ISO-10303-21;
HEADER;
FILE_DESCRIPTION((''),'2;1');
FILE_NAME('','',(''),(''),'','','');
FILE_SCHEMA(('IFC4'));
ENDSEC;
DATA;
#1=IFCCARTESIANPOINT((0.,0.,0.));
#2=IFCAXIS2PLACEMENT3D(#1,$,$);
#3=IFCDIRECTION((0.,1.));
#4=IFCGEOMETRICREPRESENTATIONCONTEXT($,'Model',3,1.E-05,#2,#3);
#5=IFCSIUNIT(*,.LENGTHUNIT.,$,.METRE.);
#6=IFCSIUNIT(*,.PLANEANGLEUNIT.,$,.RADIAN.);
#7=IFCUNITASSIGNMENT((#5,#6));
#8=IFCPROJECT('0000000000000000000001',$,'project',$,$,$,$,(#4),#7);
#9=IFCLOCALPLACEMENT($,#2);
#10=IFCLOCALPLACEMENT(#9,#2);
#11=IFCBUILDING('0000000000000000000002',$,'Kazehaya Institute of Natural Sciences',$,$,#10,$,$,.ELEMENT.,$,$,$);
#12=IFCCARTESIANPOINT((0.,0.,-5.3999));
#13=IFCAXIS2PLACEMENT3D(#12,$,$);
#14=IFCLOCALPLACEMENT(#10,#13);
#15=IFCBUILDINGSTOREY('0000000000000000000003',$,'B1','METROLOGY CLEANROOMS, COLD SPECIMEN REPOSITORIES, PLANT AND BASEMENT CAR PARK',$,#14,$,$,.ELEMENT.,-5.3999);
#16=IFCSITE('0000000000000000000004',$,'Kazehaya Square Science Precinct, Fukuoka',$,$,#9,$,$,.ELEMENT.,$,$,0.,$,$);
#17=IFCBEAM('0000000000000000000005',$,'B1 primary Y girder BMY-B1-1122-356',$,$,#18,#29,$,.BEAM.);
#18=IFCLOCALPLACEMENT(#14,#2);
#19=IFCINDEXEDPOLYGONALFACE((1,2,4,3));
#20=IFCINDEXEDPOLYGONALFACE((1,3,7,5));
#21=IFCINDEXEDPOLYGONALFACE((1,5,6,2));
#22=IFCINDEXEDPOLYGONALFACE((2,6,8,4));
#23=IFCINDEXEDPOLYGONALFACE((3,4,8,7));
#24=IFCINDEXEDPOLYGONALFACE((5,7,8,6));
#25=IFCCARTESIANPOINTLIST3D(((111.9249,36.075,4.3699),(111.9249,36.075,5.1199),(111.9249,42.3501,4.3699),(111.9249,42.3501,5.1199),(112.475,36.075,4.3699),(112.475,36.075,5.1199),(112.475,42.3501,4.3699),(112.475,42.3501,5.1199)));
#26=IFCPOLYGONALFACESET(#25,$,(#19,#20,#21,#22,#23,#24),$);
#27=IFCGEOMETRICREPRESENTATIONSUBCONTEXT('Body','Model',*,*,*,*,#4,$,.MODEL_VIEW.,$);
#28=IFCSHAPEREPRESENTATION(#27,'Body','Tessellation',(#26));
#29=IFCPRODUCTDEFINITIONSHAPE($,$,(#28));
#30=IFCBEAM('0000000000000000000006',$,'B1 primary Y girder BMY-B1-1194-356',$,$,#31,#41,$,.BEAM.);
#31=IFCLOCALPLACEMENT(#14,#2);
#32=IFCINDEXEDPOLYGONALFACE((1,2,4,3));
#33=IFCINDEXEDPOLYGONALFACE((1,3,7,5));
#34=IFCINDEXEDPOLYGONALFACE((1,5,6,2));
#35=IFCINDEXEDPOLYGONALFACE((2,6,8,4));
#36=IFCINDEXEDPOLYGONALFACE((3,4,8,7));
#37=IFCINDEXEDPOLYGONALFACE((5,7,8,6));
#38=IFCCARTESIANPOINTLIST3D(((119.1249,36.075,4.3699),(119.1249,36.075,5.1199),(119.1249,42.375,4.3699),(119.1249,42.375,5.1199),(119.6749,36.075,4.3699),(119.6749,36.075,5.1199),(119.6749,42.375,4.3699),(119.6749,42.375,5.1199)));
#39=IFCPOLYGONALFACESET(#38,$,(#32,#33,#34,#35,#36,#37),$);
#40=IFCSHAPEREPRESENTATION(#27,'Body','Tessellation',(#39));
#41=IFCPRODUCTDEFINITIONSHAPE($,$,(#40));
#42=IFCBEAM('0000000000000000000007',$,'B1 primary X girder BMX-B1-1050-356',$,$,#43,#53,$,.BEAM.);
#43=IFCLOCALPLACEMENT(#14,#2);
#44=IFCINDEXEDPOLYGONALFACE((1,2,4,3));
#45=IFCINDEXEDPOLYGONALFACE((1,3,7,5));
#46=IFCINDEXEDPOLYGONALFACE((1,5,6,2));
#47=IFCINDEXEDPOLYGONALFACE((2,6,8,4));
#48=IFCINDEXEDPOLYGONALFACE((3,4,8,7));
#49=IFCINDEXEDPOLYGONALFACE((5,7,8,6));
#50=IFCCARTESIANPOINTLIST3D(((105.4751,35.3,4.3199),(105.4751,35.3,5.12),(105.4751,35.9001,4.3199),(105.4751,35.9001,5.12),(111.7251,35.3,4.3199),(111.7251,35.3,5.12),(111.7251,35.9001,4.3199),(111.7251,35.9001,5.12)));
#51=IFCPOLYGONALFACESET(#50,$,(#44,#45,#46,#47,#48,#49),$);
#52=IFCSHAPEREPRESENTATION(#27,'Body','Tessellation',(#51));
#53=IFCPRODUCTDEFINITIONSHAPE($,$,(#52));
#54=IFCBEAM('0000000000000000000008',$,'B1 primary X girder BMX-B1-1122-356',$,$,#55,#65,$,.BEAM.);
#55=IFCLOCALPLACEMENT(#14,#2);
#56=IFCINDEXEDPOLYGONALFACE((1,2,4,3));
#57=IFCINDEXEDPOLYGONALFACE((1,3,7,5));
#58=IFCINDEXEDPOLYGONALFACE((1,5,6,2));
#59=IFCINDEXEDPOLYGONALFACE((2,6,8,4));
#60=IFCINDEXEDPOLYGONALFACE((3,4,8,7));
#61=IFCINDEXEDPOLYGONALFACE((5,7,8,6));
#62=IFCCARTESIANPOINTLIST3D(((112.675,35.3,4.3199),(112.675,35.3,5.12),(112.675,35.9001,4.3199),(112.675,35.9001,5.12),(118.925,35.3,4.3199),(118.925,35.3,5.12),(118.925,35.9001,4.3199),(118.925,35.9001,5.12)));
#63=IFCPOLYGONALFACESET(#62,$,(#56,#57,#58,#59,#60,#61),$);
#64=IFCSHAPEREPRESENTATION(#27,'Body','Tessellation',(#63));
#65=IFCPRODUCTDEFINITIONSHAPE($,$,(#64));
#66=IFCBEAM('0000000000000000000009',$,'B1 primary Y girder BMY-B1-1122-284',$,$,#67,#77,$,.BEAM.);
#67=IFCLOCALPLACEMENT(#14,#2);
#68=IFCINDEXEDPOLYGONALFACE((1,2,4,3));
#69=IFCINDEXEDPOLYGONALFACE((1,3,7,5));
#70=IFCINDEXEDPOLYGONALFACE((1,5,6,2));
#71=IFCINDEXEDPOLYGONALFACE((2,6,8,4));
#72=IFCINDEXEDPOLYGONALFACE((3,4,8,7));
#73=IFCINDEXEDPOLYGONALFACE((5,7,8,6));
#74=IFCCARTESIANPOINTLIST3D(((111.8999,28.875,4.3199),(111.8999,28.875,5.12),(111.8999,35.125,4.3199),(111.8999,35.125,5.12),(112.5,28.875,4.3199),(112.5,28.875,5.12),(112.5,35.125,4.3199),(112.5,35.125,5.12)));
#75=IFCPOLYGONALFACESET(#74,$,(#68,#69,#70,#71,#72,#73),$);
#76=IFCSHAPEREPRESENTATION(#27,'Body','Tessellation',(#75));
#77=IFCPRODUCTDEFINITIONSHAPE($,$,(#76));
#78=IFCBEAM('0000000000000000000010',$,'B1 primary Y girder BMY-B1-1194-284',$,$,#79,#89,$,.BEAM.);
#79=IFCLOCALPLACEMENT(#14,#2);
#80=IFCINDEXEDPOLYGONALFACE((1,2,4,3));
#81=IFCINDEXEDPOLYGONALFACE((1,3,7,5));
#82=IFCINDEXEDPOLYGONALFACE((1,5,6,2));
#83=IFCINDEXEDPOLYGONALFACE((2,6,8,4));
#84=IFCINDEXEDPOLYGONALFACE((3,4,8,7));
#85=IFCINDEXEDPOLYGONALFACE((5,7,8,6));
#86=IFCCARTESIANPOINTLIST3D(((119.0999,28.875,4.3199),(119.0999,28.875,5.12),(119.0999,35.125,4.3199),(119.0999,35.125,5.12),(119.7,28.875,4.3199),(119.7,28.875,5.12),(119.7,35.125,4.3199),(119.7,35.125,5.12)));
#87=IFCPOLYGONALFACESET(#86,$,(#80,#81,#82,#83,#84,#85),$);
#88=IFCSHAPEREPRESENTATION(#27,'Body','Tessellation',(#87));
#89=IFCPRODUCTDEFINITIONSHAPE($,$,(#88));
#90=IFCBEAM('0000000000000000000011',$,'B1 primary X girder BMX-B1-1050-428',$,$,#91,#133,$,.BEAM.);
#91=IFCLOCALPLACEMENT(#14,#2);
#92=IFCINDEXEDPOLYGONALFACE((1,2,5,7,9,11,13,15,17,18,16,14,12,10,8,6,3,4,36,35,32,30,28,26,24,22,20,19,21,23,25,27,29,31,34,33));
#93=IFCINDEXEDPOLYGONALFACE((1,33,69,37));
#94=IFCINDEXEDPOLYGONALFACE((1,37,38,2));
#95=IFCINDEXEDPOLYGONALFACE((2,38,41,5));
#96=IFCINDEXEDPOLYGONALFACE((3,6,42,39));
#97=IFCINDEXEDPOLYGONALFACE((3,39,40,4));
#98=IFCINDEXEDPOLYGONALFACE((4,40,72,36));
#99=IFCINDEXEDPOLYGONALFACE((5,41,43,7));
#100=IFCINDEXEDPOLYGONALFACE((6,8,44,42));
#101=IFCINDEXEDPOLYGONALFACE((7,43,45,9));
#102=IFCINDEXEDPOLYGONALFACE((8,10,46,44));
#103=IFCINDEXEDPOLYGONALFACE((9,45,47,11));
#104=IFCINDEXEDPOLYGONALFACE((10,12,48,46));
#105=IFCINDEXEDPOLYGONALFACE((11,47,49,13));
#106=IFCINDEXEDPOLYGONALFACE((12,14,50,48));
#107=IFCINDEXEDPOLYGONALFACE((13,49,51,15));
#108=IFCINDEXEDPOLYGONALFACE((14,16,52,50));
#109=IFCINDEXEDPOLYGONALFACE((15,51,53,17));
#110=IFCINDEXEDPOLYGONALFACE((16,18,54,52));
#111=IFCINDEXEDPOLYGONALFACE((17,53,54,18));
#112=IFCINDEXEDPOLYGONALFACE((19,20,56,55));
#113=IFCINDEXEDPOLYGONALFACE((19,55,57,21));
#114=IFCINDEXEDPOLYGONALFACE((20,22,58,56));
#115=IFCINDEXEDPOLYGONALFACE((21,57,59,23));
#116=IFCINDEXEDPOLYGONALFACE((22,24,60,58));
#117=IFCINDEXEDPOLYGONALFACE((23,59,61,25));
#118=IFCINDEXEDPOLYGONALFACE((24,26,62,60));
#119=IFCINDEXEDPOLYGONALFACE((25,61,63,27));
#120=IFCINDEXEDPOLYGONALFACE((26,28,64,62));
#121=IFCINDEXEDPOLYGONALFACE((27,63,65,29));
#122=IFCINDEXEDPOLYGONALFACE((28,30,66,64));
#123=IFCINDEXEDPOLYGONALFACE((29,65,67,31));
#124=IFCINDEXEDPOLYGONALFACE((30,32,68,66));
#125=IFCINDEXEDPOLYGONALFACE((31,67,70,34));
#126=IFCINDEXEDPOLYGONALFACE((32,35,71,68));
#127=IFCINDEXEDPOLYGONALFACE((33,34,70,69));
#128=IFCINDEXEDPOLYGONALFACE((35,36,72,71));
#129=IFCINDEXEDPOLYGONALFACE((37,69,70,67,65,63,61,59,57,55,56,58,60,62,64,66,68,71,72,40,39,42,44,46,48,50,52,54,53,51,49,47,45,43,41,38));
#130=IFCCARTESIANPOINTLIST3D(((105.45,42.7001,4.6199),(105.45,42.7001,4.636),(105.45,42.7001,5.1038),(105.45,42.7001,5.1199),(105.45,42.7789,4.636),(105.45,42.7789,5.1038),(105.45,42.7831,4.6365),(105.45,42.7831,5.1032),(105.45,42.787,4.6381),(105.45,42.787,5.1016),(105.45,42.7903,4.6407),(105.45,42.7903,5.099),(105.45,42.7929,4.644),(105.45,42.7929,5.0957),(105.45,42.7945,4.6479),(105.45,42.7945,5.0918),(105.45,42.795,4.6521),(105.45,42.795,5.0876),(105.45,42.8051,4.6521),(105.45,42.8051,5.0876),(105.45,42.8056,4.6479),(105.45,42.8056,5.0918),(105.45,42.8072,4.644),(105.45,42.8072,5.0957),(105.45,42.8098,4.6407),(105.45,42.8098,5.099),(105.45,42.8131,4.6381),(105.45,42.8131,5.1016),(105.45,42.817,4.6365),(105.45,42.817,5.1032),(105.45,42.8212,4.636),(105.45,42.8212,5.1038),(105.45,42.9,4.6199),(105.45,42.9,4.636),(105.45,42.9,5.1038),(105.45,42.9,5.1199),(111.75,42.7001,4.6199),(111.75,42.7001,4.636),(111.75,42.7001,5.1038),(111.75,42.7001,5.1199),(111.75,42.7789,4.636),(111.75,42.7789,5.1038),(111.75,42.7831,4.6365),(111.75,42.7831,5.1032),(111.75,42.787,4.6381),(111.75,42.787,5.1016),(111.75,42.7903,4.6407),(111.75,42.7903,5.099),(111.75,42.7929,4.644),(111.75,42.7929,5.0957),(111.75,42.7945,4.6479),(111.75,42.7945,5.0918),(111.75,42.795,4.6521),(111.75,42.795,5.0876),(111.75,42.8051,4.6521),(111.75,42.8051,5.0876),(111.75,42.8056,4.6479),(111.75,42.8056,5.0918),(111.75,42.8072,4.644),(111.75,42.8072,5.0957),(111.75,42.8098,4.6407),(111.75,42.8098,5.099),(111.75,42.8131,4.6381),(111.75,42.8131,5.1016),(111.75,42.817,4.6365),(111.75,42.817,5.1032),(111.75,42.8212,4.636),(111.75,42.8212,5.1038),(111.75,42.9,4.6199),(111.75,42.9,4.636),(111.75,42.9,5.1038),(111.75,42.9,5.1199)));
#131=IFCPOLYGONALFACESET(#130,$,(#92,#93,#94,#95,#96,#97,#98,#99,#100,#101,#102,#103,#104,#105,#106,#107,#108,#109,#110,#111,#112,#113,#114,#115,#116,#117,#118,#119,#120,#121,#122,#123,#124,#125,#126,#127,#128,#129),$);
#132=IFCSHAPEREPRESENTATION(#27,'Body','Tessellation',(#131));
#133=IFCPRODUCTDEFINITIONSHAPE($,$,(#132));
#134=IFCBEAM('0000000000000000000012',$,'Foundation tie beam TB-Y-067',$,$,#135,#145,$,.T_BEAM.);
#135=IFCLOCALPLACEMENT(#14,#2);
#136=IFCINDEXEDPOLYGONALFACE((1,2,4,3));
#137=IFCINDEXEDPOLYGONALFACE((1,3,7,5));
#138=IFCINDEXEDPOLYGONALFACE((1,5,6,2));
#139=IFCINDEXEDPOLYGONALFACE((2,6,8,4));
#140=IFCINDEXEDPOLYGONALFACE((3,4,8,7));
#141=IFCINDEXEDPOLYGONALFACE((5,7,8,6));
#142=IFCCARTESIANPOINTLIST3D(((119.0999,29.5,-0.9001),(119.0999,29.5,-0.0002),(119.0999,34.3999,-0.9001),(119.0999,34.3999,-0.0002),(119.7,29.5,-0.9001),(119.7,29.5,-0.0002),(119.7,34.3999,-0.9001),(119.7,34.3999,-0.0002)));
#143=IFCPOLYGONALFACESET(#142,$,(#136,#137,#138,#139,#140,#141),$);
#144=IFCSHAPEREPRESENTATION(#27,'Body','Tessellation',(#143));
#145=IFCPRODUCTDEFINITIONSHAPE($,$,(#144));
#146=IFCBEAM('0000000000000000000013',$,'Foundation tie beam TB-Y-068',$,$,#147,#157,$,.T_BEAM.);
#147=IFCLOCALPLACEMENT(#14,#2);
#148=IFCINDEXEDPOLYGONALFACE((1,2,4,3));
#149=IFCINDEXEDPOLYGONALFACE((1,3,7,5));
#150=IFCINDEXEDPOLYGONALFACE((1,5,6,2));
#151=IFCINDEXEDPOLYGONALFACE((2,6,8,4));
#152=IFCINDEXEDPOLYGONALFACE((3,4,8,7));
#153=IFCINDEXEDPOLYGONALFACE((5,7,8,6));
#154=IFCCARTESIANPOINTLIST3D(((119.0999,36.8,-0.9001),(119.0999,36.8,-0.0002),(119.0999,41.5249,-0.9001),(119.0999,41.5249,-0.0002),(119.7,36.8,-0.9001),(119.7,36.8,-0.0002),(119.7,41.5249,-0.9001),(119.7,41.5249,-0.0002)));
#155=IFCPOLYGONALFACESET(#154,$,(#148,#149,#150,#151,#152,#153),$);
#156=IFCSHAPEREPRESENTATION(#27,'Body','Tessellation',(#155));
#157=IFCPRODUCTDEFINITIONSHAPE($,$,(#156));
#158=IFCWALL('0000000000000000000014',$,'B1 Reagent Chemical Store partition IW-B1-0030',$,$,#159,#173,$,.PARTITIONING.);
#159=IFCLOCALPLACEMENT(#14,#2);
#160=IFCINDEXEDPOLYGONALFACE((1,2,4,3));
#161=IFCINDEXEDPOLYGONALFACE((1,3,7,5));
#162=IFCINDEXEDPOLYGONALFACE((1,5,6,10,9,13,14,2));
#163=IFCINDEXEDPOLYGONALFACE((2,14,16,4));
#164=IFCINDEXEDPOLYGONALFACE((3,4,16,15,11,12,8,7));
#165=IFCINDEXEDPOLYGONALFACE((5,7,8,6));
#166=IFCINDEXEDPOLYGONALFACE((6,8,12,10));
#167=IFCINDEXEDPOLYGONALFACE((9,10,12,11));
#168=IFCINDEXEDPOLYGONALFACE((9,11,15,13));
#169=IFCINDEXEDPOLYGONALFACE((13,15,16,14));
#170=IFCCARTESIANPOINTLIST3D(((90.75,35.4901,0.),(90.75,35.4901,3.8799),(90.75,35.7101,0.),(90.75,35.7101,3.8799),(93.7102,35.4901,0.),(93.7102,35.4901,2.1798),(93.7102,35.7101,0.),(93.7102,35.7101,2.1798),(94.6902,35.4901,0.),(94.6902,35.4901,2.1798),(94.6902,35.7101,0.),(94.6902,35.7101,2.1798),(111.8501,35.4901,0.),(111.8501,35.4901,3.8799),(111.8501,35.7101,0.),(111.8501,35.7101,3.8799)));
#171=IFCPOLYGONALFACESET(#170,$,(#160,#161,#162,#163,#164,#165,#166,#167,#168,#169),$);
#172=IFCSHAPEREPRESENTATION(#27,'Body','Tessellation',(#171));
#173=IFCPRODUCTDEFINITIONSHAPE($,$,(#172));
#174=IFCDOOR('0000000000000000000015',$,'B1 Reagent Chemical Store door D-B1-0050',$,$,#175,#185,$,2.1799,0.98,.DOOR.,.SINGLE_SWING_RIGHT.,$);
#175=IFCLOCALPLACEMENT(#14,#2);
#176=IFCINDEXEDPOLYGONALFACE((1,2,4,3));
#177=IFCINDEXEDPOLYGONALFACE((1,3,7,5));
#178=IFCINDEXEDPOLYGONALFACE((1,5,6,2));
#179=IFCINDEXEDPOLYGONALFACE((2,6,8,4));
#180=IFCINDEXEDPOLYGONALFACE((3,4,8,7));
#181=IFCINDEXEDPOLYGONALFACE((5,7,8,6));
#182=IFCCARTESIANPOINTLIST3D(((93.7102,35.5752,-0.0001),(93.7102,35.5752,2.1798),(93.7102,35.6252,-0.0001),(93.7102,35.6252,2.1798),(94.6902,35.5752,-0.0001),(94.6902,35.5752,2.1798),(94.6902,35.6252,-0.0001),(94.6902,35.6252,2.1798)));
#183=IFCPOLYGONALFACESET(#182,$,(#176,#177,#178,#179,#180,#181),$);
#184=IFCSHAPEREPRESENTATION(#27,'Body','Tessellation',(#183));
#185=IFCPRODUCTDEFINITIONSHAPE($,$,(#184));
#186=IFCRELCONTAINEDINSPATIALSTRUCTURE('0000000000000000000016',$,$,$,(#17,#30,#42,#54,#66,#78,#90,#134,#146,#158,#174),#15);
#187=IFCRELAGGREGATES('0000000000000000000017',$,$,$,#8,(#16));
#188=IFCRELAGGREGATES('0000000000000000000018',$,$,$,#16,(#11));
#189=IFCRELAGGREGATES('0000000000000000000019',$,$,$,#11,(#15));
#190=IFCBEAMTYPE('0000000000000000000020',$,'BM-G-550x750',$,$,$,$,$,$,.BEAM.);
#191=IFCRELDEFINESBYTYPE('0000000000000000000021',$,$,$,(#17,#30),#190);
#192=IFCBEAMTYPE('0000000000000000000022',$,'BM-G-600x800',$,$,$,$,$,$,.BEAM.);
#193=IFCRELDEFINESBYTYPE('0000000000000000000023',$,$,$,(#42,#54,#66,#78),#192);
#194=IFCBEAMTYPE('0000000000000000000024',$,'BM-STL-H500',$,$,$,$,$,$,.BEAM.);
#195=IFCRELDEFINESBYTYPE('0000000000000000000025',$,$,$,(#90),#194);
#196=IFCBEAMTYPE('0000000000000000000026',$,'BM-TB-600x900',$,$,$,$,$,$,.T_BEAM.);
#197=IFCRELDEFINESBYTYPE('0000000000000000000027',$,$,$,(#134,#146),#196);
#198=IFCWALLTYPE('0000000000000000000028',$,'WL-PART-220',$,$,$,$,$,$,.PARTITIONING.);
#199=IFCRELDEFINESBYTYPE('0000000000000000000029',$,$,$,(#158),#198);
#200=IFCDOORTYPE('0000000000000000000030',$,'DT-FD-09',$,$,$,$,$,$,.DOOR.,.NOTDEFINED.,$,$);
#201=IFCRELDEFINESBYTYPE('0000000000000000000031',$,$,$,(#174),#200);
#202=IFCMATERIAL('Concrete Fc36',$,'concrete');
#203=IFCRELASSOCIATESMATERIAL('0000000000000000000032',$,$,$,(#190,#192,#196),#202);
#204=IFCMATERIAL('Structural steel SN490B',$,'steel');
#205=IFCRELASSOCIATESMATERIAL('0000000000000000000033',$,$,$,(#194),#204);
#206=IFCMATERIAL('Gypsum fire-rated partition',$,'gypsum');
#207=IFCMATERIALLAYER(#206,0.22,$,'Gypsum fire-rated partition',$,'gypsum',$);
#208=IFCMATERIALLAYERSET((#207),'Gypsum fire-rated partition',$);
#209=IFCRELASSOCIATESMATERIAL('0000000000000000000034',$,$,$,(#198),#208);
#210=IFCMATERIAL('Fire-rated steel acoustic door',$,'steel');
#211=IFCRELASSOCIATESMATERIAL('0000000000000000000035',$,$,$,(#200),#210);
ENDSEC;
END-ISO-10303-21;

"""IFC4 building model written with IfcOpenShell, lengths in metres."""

from ifc_helpers import new_model, si_unit, direction, frame, frame_2d, origin, origin_2d, place, context, subcontext, project, spatial, rectangle, i_section, extrude, material, layer, layer_set, material_profile, profile_set, type_object, element, fill, save


model = new_model("IFC4")

# Units and contexts
model_context = context("Model", 3, precision=1e-05, world=origin(), true_north=direction((0.0, 1.0)))
body_context = subcontext(model_context, "Body", "Model", "MODEL_VIEW")
ifc_project = project(units=[si_unit("LENGTHUNIT", "METRE"), si_unit("PLANEANGLEUNIT", "RADIAN")], contexts=[model_context])

# Site, building, storey
site_placement = place(None, origin())
site = spatial("IfcSite", under=ifc_project, at=site_placement, Name="Kazehaya Square Science Precinct, Fukuoka", CompositionType="ELEMENT", RefElevation=0.0)
building_placement = place(site_placement, origin())
building = spatial("IfcBuilding", under=site, at=building_placement, Name="Kazehaya Institute of Natural Sciences", CompositionType="ELEMENT")
storey_placement = place(building_placement, frame((0.0, 0.0, -5.3999)))
storey = spatial("IfcBuildingStorey", under=building, at=storey_placement, Name="B1", Description="METROLOGY CLEANROOMS, COLD SPECIMEN REPOSITORIES, PLANT AND BASEMENT CAR PARK", CompositionType="ELEMENT", Elevation=-5.3999)

# Shared definitions
ifc_material_1 = material(Name="Concrete Fc36", Category="concrete")

# Beams
ifc_material_profile_1 = material_profile(ifc_material_1, rectangle(XDim=0.55, YDim=0.75, at=origin_2d()), Name="RC-550x750")
ifc_profile_set_1 = profile_set([ifc_material_profile_1], Name="Concrete Fc36")
beam_type_1 = type_object("IfcBeamType", Name="BM-G-550x750", PredefinedType="BEAM", material=ifc_profile_set_1)
beam_1_placement = place(storey_placement, frame((112.2, 36.075, 4.7449), z_axis=(0.0, 1.0, 0.0), x_axis=(-1.0, 0.0, 0.0)))
element("IfcBeam", 1, at=beam_1_placement, inside=storey, type_object=beam_type_1, Name="B1 primary Y girder BMY-B1-1122-356", PredefinedType="BEAM", context=body_context, shape_type="SweptSolid", body=[
    extrude(rectangle(XDim=0.55, YDim=0.75, at=origin_2d()), origin(), (0.0, 0.0, 1.0), 6.2751),
])
beam_2_placement = place(storey_placement, frame((119.3999, 36.075, 4.7449), z_axis=(0.0, 1.0, 0.0), x_axis=(-1.0, 0.0, 0.0)))
element("IfcBeam", 2, at=beam_2_placement, inside=storey, type_object=beam_type_1, Name="B1 primary Y girder BMY-B1-1194-356", PredefinedType="BEAM", context=body_context, shape_type="SweptSolid", body=[
    extrude(rectangle(XDim=0.55, YDim=0.75, at=origin_2d()), origin(), (0.0, 0.0, 1.0), 6.3),
])
ifc_material_profile_2 = material_profile(ifc_material_1, rectangle(XDim=0.6001, YDim=0.8, at=origin_2d()), Name="RC-600x800")
ifc_profile_set_2 = profile_set([ifc_material_profile_2], Name="Concrete Fc36")
beam_type_2 = type_object("IfcBeamType", Name="BM-G-600x800", PredefinedType="BEAM", material=ifc_profile_set_2)
for number, where, z_axis, x_axis, name in (
    (3, (105.4751, 35.6001, 4.72), (1.0, 0.0, 0.0), (0.0, 1.0, 0.0), "B1 primary X girder BMX-B1-1050-356"),
    (4, (112.675, 35.6001, 4.72), (1.0, 0.0, 0.0), (0.0, 1.0, 0.0), "B1 primary X girder BMX-B1-1122-356"),
    (5, (112.2, 28.875, 4.72), (0.0, 1.0, 0.0), (-1.0, 0.0, 0.0), "B1 primary Y girder BMY-B1-1122-284"),
    (6, (119.3999, 28.875, 4.72), (0.0, 1.0, 0.0), (-1.0, 0.0, 0.0), "B1 primary Y girder BMY-B1-1194-284"),
):
    element("IfcBeam", number, at=place(storey_placement, frame(where, z_axis=z_axis, x_axis=x_axis)), inside=storey, type_object=beam_type_2, Name=name, PredefinedType="BEAM", context=body_context, shape_type="SweptSolid", body=[
        extrude(rectangle(XDim=0.6001, YDim=0.8, at=origin_2d()), origin(), (0.0, 0.0, 1.0), 6.25),
    ])
ifc_material_2 = material(Name="Structural steel SN490B", Category="steel")
ifc_material_profile_3 = material_profile(ifc_material_2, i_section(OverallWidth=0.2, OverallDepth=0.5, WebThickness=0.01, FlangeThickness=0.0161, FilletRadius=0.0161, at=origin_2d()), Name="H-500x200x10x16")
ifc_profile_set_3 = profile_set([ifc_material_profile_3], Name="Structural steel SN490B")
beam_type_3 = type_object("IfcBeamType", Name="BM-STL-H500", PredefinedType="BEAM", material=ifc_profile_set_3)
beam_3_placement = place(storey_placement, frame((105.45, 42.8, 4.8699), z_axis=(1.0, 0.0, 0.0), x_axis=(0.0, 1.0, 0.0)))
element("IfcBeam", 7, at=beam_3_placement, inside=storey, type_object=beam_type_3, Name="B1 primary X girder BMX-B1-1050-428", PredefinedType="BEAM", context=body_context, shape_type="SweptSolid", body=[
    extrude(i_section(OverallWidth=0.2, OverallDepth=0.5, WebThickness=0.01, FlangeThickness=0.0161, FilletRadius=0.0161, at=origin_2d()), origin(), (0.0, 0.0, 1.0), 6.3),
])
ifc_material_profile_4 = material_profile(ifc_material_1, rectangle(XDim=0.6001, YDim=0.8999, at=origin_2d()), Name="RC-600x900")
ifc_profile_set_4 = profile_set([ifc_material_profile_4], Name="Concrete Fc36")
beam_type_4 = type_object("IfcBeamType", Name="BM-TB-600x900", PredefinedType="T_BEAM", material=ifc_profile_set_4)
beam_4_placement = place(storey_placement, frame((119.3999, 29.5, -0.4502), z_axis=(0.0, 1.0, 0.0), x_axis=(-1.0, 0.0, 0.0)))
element("IfcBeam", 8, at=beam_4_placement, inside=storey, type_object=beam_type_4, Name="Foundation tie beam TB-Y-067", PredefinedType="T_BEAM", context=body_context, shape_type="SweptSolid", body=[
    extrude(rectangle(XDim=0.6001, YDim=0.8999, at=origin_2d()), origin(), (0.0, 0.0, 1.0), 4.8999),
])
beam_5_placement = place(storey_placement, frame((119.3999, 36.8, -0.4502), z_axis=(0.0, 1.0, 0.0), x_axis=(-1.0, 0.0, 0.0)))
element("IfcBeam", 9, at=beam_5_placement, inside=storey, type_object=beam_type_4, Name="Foundation tie beam TB-Y-068", PredefinedType="T_BEAM", context=body_context, shape_type="SweptSolid", body=[
    extrude(rectangle(XDim=0.6001, YDim=0.8999, at=origin_2d()), origin(), (0.0, 0.0, 1.0), 4.7249),
])

# Wall, opening, door
ifc_material_3 = material(Name="Gypsum fire-rated partition", Category="gypsum")
ifc_layer_1 = layer(ifc_material_3, 0.22, Name="Gypsum fire-rated partition", Category="gypsum")
ifc_layer_set_1 = layer_set([ifc_layer_1], Name="Gypsum fire-rated partition")
wall_type_1 = type_object("IfcWallType", Name="WL-PART-220", PredefinedType="PARTITIONING", material=ifc_layer_set_1)
wall_1_placement = place(storey_placement, frame((111.8501, 35.6001, 0.0), z_axis=(0.0, 0.0, 1.0), x_axis=(-1.0, 0.0, 0.0)))
wall_1 = element("IfcWall", 10, at=wall_1_placement, inside=storey, type_object=wall_type_1, Name="B1 Reagent Chemical Store partition IW-B1-0030", PredefinedType="PARTITIONING", context=body_context, shape_type="SweptSolid", body=[
    extrude(rectangle(XDim=21.1001, YDim=0.22, at=frame_2d((10.55, 0.0))), origin(), (0.0, 0.0, 1.0), 3.8799),
])
opening_placement = place(wall_1_placement, frame((17.1599, 0.0, 0.0)))
opening = element("IfcOpeningElement", 11, at=opening_placement, cuts=wall_1, PredefinedType="OPENING", context=body_context, shape_type="SweptSolid", body=[
    extrude(rectangle(XDim=0.98, YDim=2.1799, at=frame_2d((0.49, 1.0898))), frame((0.0, 0.1199, 0.0), z_axis=(0.0, -1.0, 0.0), x_axis=(1.0, 0.0, 0.0)), (0.0, 0.0, 1.0), 0.24),
])
ifc_material_4 = material(Name="Fire-rated steel acoustic door", Category="steel")
door_type = type_object("IfcDoorType", Name="DT-FD-09", OperationType="NOTDEFINED", PredefinedType="DOOR", material=ifc_material_4)
door_placement = place(opening_placement, origin())
door = element("IfcDoor", 12, at=door_placement, inside=storey, type_object=door_type, Name="B1 Reagent Chemical Store door D-B1-0050", OperationType="SINGLE_SWING_RIGHT", OverallHeight=2.1799, OverallWidth=0.98, PredefinedType="DOOR", context=body_context, shape_type="SweptSolid", body=[
    extrude(rectangle(XDim=0.98, YDim=2.1799, at=frame_2d((0.49, 1.0898))), frame((0.0, 0.0249, 0.0), z_axis=(0.0, -1.0, 0.0), x_axis=(1.0, 0.0, 0.0)), (0.0, 0.0, 1.0), 0.05),
])
fill(opening, door)

save(model, "model.ifc")
